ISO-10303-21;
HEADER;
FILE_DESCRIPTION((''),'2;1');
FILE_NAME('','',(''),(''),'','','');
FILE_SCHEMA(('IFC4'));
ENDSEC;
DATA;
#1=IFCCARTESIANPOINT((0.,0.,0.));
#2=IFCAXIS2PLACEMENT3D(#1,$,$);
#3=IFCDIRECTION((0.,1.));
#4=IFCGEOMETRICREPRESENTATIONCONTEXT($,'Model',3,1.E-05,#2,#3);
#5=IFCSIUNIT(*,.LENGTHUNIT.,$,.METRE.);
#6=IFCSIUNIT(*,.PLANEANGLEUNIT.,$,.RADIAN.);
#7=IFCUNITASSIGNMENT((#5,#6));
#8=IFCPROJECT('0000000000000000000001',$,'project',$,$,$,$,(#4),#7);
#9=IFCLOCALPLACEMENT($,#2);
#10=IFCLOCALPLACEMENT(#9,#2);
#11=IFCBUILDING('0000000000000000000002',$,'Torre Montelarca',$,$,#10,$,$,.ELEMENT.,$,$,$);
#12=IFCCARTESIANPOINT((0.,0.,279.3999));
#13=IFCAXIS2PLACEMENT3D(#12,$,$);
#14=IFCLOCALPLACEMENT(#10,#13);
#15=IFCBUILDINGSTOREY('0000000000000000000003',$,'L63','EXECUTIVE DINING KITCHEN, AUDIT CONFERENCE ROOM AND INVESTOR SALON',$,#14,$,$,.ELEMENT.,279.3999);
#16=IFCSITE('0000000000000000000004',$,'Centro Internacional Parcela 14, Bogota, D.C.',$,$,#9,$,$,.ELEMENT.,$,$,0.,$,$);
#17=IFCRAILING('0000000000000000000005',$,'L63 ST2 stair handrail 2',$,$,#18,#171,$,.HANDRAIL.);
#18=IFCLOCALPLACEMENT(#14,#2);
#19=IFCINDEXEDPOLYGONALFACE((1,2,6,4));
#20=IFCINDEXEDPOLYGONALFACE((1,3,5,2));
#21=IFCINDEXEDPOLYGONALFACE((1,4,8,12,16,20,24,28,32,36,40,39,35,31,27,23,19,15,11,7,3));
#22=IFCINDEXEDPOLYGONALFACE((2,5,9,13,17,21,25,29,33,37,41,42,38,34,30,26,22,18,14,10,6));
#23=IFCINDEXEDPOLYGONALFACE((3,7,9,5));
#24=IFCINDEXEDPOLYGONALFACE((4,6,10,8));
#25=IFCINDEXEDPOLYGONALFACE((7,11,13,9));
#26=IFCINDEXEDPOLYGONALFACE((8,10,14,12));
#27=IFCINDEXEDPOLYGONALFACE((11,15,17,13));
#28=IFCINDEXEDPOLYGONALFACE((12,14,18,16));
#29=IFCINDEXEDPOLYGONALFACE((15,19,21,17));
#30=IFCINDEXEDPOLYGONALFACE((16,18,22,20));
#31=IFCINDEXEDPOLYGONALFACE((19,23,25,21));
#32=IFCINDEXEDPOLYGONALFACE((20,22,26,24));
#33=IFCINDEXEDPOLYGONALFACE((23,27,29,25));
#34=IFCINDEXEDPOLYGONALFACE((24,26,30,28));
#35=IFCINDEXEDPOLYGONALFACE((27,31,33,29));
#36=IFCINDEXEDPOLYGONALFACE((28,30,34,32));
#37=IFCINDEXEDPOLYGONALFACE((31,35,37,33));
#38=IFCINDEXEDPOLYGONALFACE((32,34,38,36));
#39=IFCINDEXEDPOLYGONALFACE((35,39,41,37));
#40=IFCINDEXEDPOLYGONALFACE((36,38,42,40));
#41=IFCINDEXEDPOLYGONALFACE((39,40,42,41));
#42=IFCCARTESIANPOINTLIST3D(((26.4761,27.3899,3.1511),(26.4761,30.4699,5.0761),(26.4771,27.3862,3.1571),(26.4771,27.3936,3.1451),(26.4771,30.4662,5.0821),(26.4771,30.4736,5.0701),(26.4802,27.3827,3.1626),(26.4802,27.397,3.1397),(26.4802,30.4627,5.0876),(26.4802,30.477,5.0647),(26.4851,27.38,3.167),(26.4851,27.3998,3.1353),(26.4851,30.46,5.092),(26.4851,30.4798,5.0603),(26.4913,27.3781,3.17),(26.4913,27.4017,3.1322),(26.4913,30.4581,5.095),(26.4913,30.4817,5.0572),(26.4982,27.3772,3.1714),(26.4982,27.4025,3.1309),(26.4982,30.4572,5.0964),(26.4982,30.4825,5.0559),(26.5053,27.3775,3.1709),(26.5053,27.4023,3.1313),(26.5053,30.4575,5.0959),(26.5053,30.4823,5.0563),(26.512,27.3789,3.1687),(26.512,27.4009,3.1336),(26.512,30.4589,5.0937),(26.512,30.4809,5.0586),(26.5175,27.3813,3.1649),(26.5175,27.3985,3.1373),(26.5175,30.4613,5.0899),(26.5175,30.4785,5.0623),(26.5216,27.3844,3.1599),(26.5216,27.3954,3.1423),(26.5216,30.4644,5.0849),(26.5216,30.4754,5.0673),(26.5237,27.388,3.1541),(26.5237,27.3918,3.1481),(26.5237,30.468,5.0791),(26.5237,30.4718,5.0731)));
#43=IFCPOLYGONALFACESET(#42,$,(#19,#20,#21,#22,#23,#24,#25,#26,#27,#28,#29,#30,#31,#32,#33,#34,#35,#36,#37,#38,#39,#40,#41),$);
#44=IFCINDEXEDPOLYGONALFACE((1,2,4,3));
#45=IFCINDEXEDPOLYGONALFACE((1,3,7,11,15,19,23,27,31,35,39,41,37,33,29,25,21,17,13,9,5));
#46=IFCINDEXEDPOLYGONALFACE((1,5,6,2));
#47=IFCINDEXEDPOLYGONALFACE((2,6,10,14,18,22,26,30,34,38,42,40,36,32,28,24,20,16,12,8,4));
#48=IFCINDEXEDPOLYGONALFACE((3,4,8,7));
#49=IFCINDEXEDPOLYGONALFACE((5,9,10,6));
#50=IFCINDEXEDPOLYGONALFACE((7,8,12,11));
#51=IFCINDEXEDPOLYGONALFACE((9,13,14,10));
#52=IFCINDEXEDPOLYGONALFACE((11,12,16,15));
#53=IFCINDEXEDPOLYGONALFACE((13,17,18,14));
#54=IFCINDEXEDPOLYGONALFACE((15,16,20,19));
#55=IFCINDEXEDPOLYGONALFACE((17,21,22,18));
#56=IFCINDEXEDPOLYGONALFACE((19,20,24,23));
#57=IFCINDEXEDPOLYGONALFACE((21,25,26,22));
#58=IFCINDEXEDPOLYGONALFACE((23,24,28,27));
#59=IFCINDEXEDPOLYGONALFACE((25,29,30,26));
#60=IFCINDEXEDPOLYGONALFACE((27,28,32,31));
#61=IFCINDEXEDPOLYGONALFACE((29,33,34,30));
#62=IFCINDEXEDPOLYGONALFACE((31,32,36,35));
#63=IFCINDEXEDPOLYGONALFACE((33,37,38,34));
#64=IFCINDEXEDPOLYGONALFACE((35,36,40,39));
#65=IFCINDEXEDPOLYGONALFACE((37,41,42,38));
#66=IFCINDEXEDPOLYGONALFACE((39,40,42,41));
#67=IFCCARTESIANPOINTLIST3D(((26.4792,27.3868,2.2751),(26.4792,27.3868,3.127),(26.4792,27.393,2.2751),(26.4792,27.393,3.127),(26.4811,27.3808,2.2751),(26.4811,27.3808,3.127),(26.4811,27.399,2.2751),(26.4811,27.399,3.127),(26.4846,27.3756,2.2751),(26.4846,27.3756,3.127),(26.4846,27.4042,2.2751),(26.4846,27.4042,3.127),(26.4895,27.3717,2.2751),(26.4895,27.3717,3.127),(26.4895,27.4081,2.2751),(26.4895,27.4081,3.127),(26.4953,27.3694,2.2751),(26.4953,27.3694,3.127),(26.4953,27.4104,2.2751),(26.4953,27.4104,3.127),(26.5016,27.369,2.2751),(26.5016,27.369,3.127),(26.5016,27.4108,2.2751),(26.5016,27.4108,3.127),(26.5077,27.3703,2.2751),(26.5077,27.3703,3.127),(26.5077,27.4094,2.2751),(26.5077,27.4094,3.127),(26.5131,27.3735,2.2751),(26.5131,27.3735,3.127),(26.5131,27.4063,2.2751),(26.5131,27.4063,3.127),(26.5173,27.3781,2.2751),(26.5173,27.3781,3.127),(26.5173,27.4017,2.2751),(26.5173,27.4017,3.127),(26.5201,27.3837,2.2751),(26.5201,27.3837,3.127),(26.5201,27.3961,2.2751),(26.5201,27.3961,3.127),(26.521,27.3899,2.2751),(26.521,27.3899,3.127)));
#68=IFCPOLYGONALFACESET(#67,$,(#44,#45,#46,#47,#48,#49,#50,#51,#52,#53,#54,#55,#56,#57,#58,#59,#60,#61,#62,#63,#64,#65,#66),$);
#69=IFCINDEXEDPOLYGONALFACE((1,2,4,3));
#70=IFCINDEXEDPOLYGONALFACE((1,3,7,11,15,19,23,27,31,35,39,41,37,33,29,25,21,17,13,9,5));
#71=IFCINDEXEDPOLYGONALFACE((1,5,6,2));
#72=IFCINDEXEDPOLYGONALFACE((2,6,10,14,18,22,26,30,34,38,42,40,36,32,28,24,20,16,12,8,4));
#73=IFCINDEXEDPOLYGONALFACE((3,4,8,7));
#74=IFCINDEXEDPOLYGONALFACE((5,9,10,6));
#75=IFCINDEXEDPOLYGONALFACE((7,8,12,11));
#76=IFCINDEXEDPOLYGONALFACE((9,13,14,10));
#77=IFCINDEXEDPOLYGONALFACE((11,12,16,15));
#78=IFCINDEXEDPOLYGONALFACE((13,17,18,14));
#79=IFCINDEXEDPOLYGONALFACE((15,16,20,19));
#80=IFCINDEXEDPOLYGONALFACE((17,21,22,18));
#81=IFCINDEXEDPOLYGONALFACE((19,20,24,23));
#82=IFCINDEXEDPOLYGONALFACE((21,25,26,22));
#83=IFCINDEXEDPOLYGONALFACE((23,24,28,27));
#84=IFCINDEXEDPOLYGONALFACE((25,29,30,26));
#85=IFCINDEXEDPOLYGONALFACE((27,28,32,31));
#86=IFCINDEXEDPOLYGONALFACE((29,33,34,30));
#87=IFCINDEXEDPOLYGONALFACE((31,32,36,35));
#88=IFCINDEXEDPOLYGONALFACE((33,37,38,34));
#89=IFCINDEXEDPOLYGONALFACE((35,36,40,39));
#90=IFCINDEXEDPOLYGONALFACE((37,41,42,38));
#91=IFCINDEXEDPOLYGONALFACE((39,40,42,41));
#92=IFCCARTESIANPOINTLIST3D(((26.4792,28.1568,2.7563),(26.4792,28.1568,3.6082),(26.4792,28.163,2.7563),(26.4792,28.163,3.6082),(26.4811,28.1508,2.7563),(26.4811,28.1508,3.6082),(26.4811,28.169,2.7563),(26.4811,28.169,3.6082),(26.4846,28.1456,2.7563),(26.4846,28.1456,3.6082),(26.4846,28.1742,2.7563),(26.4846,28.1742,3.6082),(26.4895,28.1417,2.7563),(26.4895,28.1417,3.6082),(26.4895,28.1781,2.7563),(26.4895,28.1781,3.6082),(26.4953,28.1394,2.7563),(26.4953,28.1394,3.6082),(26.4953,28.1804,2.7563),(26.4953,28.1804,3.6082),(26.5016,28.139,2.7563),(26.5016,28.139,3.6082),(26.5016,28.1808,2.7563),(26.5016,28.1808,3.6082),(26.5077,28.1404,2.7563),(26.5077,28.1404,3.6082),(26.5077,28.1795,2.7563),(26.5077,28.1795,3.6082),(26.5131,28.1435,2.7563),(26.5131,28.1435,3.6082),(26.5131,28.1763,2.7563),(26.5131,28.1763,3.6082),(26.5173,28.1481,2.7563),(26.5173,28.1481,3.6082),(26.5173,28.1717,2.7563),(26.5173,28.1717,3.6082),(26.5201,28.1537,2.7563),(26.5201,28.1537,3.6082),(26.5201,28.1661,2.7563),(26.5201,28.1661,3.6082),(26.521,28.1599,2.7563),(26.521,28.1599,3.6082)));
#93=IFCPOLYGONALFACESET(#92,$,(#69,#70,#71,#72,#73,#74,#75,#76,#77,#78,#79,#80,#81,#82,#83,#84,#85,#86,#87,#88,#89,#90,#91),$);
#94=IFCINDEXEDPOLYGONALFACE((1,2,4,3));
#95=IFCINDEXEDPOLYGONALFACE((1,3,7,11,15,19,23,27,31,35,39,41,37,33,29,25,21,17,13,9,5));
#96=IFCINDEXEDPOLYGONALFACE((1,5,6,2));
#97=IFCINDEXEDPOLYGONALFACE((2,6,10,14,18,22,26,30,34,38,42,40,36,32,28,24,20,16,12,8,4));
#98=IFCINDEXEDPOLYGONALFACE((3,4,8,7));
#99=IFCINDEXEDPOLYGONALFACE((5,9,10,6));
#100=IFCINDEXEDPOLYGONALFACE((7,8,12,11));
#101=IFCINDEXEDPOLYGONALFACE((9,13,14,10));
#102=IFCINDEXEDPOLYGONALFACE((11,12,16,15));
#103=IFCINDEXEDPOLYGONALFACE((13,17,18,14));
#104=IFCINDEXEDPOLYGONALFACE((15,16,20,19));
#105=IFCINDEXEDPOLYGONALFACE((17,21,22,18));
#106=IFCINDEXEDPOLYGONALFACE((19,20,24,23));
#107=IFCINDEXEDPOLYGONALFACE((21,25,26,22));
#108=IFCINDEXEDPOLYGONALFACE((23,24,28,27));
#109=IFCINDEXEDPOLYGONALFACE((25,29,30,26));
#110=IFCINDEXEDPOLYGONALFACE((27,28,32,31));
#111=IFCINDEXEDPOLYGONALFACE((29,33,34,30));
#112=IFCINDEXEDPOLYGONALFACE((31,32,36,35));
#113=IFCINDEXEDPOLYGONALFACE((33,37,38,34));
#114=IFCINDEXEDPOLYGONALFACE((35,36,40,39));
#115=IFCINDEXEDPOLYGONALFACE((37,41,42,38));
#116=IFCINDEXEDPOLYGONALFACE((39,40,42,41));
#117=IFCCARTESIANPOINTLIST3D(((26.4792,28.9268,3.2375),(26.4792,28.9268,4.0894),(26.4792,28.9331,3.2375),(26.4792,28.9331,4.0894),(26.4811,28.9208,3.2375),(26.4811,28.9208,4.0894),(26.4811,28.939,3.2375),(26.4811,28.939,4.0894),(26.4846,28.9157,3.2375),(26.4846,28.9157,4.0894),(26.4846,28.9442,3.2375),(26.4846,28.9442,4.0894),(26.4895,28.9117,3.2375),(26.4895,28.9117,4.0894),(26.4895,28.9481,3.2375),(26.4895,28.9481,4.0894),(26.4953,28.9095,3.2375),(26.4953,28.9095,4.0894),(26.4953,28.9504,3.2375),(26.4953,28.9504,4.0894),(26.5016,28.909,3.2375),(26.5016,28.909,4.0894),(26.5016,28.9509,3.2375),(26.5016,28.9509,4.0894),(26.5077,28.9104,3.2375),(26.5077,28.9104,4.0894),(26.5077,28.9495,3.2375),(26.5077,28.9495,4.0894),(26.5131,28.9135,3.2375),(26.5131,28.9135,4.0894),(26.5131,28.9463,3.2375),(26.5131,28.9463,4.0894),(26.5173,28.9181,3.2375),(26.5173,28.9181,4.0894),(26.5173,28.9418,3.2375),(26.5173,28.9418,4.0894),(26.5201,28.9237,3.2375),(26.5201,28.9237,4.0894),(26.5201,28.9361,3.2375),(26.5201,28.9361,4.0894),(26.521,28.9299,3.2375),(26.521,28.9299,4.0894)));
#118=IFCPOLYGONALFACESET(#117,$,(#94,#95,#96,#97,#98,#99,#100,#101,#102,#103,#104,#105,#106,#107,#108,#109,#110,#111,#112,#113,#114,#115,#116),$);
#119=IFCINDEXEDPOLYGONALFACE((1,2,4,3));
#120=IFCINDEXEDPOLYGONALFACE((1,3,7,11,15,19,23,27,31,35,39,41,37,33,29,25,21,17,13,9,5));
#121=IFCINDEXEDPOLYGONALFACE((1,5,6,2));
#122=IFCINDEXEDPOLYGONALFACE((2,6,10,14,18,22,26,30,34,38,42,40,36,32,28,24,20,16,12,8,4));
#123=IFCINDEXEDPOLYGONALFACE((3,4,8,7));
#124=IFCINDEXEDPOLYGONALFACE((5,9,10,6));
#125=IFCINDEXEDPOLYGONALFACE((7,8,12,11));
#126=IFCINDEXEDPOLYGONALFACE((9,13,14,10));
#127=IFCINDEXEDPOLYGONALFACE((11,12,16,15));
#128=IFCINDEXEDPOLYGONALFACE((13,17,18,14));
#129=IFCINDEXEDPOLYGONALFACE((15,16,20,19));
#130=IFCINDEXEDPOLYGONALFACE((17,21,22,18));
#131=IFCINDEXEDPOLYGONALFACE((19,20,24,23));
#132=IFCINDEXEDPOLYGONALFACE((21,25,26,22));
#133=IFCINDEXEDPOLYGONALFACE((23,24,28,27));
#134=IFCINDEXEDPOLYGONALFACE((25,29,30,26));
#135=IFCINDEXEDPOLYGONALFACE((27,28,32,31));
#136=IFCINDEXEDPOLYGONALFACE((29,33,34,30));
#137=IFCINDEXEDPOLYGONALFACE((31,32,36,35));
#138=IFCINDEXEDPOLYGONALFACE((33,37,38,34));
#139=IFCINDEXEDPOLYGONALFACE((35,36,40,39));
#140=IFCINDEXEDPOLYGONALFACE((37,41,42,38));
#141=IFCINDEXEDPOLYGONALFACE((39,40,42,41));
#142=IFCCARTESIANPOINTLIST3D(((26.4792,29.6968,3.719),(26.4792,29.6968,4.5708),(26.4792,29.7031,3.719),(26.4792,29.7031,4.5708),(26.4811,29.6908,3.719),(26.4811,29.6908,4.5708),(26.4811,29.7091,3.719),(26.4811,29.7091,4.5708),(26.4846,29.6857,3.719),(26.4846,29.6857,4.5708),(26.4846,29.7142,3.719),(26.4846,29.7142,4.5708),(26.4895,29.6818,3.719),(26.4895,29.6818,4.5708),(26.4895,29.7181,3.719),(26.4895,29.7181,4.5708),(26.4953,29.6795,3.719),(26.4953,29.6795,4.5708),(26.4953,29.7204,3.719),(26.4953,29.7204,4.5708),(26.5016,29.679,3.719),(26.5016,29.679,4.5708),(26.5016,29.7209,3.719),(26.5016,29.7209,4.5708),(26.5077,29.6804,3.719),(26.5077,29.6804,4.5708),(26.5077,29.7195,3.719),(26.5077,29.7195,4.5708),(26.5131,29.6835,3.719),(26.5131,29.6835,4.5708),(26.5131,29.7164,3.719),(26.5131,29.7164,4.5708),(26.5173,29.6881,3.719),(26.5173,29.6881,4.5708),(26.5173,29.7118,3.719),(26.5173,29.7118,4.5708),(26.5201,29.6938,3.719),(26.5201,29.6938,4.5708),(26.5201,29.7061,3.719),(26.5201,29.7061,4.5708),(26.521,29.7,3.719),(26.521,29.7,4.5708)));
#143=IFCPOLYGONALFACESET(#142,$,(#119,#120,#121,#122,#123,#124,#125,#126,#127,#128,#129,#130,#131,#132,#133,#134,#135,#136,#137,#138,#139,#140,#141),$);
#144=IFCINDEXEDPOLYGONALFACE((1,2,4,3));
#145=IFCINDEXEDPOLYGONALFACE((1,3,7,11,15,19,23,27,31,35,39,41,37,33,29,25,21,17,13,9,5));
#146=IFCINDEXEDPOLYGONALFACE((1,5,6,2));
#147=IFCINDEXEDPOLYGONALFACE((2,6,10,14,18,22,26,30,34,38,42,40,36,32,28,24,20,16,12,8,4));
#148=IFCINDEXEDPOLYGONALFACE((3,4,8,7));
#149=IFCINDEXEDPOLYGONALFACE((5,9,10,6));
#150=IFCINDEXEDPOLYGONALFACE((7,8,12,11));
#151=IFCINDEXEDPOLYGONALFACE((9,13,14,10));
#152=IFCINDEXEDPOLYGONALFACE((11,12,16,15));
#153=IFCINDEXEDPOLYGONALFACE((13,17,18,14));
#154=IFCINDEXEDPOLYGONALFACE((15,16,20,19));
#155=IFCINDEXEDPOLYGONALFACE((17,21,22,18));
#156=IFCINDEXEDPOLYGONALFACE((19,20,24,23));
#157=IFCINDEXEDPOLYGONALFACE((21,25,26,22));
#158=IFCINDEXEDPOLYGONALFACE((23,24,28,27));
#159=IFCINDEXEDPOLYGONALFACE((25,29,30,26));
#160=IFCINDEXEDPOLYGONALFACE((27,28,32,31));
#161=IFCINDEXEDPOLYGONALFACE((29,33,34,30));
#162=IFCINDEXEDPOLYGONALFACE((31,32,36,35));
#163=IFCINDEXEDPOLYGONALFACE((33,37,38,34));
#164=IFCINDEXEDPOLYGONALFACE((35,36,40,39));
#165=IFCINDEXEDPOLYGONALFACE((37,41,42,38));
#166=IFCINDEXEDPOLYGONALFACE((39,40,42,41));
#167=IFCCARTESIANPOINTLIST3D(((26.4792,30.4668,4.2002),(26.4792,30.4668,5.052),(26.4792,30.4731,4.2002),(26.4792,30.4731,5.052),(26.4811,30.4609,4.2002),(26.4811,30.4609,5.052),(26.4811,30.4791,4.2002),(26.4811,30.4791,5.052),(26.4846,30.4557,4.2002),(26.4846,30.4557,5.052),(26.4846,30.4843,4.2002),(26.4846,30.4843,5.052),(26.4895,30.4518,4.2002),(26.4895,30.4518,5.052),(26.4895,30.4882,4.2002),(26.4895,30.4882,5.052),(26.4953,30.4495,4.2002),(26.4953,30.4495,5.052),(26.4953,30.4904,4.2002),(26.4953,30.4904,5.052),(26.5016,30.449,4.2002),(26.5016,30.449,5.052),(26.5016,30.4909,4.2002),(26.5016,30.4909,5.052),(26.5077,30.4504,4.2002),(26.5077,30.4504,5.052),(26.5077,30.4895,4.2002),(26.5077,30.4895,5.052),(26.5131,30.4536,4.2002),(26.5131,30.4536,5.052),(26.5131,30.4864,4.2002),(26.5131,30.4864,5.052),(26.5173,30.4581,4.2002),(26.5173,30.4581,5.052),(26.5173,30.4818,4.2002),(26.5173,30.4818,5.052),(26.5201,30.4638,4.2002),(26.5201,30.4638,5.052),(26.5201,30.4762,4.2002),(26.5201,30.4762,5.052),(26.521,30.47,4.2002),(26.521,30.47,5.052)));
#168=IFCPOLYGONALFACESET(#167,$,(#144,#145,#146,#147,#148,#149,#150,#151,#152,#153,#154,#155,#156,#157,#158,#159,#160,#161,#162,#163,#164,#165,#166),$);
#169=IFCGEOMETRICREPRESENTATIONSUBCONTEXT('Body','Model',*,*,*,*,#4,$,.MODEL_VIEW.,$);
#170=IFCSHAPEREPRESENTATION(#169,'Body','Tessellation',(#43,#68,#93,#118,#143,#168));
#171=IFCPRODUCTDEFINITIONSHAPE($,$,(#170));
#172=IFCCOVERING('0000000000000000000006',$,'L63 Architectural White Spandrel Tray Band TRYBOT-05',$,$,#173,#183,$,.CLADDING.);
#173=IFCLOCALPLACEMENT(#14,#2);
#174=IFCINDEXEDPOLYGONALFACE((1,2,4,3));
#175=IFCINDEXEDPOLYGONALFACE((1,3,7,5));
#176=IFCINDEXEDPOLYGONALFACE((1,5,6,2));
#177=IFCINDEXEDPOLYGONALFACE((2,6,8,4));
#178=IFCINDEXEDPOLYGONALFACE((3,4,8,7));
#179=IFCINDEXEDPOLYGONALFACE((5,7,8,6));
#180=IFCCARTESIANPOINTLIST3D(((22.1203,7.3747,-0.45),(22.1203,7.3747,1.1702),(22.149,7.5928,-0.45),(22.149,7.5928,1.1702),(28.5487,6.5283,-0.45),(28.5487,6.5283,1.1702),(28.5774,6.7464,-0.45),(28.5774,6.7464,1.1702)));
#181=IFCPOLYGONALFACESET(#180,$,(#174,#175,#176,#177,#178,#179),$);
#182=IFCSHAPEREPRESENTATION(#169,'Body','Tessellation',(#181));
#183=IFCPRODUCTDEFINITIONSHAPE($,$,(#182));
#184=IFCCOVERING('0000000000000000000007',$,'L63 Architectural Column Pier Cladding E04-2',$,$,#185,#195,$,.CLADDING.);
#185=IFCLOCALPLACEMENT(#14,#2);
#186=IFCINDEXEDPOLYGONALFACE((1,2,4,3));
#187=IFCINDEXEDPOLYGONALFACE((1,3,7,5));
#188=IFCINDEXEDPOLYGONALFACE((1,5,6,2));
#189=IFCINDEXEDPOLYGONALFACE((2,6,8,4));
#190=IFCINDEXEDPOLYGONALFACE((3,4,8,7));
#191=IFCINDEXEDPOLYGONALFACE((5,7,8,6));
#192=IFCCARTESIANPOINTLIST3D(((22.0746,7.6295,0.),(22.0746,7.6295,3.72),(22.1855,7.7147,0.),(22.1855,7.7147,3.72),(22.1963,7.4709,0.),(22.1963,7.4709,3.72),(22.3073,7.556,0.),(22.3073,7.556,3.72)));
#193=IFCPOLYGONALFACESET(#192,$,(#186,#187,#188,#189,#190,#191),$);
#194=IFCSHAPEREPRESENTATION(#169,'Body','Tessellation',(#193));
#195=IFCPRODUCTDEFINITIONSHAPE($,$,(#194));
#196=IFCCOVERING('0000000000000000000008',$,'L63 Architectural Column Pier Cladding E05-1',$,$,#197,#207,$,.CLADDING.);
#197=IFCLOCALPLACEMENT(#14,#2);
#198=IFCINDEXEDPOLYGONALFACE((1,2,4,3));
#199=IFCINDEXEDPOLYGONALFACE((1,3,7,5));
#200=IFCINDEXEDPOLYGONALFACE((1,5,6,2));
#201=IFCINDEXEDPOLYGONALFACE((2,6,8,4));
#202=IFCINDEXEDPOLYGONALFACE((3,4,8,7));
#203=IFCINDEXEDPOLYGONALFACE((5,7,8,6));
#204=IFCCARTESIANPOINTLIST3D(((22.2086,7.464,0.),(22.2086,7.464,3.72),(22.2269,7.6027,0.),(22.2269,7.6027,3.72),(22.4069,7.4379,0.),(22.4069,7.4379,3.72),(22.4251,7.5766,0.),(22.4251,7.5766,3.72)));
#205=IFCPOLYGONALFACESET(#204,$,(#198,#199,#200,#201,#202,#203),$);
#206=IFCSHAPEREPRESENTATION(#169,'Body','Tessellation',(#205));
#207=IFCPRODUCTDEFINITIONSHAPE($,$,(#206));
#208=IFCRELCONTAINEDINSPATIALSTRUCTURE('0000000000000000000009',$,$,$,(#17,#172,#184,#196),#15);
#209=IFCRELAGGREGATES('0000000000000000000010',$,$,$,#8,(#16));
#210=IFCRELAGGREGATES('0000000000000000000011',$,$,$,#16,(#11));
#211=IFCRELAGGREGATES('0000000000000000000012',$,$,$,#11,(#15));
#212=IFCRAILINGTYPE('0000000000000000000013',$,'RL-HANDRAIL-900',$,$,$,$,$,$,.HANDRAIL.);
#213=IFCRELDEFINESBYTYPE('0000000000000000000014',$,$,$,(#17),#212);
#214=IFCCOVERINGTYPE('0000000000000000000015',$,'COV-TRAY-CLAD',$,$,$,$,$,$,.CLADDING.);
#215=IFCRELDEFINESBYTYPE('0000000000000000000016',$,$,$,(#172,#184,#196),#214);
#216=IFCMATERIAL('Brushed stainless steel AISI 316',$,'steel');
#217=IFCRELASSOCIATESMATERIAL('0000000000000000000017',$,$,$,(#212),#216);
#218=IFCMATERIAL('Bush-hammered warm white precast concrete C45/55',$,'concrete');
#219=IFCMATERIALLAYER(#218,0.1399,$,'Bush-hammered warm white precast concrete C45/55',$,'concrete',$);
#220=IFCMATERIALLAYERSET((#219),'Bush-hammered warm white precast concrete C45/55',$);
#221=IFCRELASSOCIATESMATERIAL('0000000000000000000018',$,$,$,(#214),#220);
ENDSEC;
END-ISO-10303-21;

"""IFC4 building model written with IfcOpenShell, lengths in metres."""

from ifc_helpers import new_model, si_unit, direction, frame, origin, origin_2d, place, context, subcontext, project, spatial, rectangle, circle, extrude, source, transform, mapped, material, layer, layer_set, type_object, element, save


model = new_model("IFC4")

# Units and contexts
model_context = context("Model", 3, precision=1e-05, world=origin(), true_north=direction((0.0, 1.0)))
body_context = subcontext(model_context, "Body", "Model", "MODEL_VIEW")
ifc_project = project(units=[si_unit("LENGTHUNIT", "METRE"), si_unit("PLANEANGLEUNIT", "RADIAN")], contexts=[model_context])

# Site, building, storey
site_placement = place(None, origin())
site = spatial("IfcSite", under=ifc_project, at=site_placement, Name="Centro Internacional Parcela 14, Bogota, D.C.", CompositionType="ELEMENT", RefElevation=0.0)
building_placement = place(site_placement, origin())
building = spatial("IfcBuilding", under=site, at=building_placement, Name="Torre Montelarca", CompositionType="ELEMENT")
storey_placement = place(building_placement, frame((0.0, 0.0, 279.3999)))
storey = spatial("IfcBuildingStorey", under=building, at=storey_placement, Name="L63", Description="EXECUTIVE DINING KITCHEN, AUDIT CONFERENCE ROOM AND INVESTOR SALON", CompositionType="ELEMENT", Elevation=279.3999)

# Railing
ifc_material_1 = material(Name="Brushed stainless steel AISI 316", Category="steel")
railing_type_1 = type_object("IfcRailingType", Name="RL-HANDRAIL-900", PredefinedType="HANDRAIL", material=ifc_material_1)
railing_1_placement = place(storey_placement, frame((26.5, 27.3899, 2.2751)))
element("IfcRailing", 1, at=railing_1_placement, inside=storey, type_object=railing_type_1, Name="L63 ST2 stair handrail 2", PredefinedType="HANDRAIL", context=body_context, shape_type="SweptSolid", body=[
    extrude(circle(Radius=0.0239, at=origin_2d()), frame((0.0, 0.0, 0.876), z_axis=(0.0, 0.847998, 0.529999), x_axis=(-1.0, 0.0, 0.0)), (0.0, 0.0, 1.0), 3.6321),
    extrude(circle(Radius=0.021, at=origin_2d()), origin(), (0.0, 0.0, 1.0), 0.8518),
    extrude(circle(Radius=0.021, at=origin_2d()), frame((0.0, 0.77, 0.4812)), (0.0, 0.0, 1.0), 0.8518),
    extrude(circle(Radius=0.021, at=origin_2d()), frame((0.0, 1.54, 0.9624)), (0.0, 0.0, 1.0), 0.8518),
    extrude(circle(Radius=0.021, at=origin_2d()), frame((0.0, 2.3101, 1.4438)), (0.0, 0.0, 1.0), 0.8518),
    extrude(circle(Radius=0.021, at=origin_2d()), frame((0.0, 3.0801, 1.925)), (0.0, 0.0, 1.0), 0.8518),
])

# Coverings
ifc_material_2 = material(Name="Bush-hammered warm white precast concrete C45/55", Category="concrete")
ifc_layer_1 = layer(ifc_material_2, 0.1399, Name="Bush-hammered warm white precast concrete C45/55", Category="concrete")
ifc_layer_set_1 = layer_set([ifc_layer_1], Name="Bush-hammered warm white precast concrete C45/55")
covering_type = type_object("IfcCoveringType", Name="COV-TRAY-CLAD", PredefinedType="CLADDING", material=ifc_layer_set_1)
shared_shape_1 = source(origin(), body_context, "Body", "SweptSolid", [
    extrude(rectangle(XDim=6.4839, YDim=0.22, at=origin_2d()), origin(), (0.0, 0.0, 1.0), 1.6201),
])
covering_placement = place(storey_placement, frame((25.3489, 7.0605, -0.45), z_axis=(0.0, 0.0, 1.0), x_axis=(0.991444, -0.130531, 0.0)))
element("IfcCovering", 2, at=covering_placement, inside=storey, type_object=covering_type, Name="L63 Architectural White Spandrel Tray Band TRYBOT-05", PredefinedType="CLADDING", context=body_context, shape_type="MappedRepresentation", body=[
    mapped(shared_shape_1, transform((0.0, 0.0, 0.0), scale=1.0)),
])
shared_shape_2 = source(origin(), body_context, "Body", "SweptSolid", [
    extrude(rectangle(XDim=0.2, YDim=0.1399, at=origin_2d()), origin(), (0.0, 0.0, 1.0), 3.72),
])
for number, where, z_axis, x_axis, name in (
    (3, (22.1909, 7.5928, 0.0), (0.0, 0.0, 1.0), (0.608773, -0.793345, 0.0), "L63 Architectural Column Pier Cladding E04-2"),
    (4, (22.3169, 7.5203, 0.0), (0.0, 0.0, 1.0), (0.991444, -0.130531, 0.0), "L63 Architectural Column Pier Cladding E05-1"),
):
    element("IfcCovering", number, at=place(storey_placement, frame(where, z_axis=z_axis, x_axis=x_axis)), inside=storey, type_object=covering_type, Name=name, PredefinedType="CLADDING", context=body_context, shape_type="MappedRepresentation", body=[
        mapped(shared_shape_2, transform((0.0, 0.0, 0.0), scale=1.0)),
    ])

save(model, "model.ifc")
